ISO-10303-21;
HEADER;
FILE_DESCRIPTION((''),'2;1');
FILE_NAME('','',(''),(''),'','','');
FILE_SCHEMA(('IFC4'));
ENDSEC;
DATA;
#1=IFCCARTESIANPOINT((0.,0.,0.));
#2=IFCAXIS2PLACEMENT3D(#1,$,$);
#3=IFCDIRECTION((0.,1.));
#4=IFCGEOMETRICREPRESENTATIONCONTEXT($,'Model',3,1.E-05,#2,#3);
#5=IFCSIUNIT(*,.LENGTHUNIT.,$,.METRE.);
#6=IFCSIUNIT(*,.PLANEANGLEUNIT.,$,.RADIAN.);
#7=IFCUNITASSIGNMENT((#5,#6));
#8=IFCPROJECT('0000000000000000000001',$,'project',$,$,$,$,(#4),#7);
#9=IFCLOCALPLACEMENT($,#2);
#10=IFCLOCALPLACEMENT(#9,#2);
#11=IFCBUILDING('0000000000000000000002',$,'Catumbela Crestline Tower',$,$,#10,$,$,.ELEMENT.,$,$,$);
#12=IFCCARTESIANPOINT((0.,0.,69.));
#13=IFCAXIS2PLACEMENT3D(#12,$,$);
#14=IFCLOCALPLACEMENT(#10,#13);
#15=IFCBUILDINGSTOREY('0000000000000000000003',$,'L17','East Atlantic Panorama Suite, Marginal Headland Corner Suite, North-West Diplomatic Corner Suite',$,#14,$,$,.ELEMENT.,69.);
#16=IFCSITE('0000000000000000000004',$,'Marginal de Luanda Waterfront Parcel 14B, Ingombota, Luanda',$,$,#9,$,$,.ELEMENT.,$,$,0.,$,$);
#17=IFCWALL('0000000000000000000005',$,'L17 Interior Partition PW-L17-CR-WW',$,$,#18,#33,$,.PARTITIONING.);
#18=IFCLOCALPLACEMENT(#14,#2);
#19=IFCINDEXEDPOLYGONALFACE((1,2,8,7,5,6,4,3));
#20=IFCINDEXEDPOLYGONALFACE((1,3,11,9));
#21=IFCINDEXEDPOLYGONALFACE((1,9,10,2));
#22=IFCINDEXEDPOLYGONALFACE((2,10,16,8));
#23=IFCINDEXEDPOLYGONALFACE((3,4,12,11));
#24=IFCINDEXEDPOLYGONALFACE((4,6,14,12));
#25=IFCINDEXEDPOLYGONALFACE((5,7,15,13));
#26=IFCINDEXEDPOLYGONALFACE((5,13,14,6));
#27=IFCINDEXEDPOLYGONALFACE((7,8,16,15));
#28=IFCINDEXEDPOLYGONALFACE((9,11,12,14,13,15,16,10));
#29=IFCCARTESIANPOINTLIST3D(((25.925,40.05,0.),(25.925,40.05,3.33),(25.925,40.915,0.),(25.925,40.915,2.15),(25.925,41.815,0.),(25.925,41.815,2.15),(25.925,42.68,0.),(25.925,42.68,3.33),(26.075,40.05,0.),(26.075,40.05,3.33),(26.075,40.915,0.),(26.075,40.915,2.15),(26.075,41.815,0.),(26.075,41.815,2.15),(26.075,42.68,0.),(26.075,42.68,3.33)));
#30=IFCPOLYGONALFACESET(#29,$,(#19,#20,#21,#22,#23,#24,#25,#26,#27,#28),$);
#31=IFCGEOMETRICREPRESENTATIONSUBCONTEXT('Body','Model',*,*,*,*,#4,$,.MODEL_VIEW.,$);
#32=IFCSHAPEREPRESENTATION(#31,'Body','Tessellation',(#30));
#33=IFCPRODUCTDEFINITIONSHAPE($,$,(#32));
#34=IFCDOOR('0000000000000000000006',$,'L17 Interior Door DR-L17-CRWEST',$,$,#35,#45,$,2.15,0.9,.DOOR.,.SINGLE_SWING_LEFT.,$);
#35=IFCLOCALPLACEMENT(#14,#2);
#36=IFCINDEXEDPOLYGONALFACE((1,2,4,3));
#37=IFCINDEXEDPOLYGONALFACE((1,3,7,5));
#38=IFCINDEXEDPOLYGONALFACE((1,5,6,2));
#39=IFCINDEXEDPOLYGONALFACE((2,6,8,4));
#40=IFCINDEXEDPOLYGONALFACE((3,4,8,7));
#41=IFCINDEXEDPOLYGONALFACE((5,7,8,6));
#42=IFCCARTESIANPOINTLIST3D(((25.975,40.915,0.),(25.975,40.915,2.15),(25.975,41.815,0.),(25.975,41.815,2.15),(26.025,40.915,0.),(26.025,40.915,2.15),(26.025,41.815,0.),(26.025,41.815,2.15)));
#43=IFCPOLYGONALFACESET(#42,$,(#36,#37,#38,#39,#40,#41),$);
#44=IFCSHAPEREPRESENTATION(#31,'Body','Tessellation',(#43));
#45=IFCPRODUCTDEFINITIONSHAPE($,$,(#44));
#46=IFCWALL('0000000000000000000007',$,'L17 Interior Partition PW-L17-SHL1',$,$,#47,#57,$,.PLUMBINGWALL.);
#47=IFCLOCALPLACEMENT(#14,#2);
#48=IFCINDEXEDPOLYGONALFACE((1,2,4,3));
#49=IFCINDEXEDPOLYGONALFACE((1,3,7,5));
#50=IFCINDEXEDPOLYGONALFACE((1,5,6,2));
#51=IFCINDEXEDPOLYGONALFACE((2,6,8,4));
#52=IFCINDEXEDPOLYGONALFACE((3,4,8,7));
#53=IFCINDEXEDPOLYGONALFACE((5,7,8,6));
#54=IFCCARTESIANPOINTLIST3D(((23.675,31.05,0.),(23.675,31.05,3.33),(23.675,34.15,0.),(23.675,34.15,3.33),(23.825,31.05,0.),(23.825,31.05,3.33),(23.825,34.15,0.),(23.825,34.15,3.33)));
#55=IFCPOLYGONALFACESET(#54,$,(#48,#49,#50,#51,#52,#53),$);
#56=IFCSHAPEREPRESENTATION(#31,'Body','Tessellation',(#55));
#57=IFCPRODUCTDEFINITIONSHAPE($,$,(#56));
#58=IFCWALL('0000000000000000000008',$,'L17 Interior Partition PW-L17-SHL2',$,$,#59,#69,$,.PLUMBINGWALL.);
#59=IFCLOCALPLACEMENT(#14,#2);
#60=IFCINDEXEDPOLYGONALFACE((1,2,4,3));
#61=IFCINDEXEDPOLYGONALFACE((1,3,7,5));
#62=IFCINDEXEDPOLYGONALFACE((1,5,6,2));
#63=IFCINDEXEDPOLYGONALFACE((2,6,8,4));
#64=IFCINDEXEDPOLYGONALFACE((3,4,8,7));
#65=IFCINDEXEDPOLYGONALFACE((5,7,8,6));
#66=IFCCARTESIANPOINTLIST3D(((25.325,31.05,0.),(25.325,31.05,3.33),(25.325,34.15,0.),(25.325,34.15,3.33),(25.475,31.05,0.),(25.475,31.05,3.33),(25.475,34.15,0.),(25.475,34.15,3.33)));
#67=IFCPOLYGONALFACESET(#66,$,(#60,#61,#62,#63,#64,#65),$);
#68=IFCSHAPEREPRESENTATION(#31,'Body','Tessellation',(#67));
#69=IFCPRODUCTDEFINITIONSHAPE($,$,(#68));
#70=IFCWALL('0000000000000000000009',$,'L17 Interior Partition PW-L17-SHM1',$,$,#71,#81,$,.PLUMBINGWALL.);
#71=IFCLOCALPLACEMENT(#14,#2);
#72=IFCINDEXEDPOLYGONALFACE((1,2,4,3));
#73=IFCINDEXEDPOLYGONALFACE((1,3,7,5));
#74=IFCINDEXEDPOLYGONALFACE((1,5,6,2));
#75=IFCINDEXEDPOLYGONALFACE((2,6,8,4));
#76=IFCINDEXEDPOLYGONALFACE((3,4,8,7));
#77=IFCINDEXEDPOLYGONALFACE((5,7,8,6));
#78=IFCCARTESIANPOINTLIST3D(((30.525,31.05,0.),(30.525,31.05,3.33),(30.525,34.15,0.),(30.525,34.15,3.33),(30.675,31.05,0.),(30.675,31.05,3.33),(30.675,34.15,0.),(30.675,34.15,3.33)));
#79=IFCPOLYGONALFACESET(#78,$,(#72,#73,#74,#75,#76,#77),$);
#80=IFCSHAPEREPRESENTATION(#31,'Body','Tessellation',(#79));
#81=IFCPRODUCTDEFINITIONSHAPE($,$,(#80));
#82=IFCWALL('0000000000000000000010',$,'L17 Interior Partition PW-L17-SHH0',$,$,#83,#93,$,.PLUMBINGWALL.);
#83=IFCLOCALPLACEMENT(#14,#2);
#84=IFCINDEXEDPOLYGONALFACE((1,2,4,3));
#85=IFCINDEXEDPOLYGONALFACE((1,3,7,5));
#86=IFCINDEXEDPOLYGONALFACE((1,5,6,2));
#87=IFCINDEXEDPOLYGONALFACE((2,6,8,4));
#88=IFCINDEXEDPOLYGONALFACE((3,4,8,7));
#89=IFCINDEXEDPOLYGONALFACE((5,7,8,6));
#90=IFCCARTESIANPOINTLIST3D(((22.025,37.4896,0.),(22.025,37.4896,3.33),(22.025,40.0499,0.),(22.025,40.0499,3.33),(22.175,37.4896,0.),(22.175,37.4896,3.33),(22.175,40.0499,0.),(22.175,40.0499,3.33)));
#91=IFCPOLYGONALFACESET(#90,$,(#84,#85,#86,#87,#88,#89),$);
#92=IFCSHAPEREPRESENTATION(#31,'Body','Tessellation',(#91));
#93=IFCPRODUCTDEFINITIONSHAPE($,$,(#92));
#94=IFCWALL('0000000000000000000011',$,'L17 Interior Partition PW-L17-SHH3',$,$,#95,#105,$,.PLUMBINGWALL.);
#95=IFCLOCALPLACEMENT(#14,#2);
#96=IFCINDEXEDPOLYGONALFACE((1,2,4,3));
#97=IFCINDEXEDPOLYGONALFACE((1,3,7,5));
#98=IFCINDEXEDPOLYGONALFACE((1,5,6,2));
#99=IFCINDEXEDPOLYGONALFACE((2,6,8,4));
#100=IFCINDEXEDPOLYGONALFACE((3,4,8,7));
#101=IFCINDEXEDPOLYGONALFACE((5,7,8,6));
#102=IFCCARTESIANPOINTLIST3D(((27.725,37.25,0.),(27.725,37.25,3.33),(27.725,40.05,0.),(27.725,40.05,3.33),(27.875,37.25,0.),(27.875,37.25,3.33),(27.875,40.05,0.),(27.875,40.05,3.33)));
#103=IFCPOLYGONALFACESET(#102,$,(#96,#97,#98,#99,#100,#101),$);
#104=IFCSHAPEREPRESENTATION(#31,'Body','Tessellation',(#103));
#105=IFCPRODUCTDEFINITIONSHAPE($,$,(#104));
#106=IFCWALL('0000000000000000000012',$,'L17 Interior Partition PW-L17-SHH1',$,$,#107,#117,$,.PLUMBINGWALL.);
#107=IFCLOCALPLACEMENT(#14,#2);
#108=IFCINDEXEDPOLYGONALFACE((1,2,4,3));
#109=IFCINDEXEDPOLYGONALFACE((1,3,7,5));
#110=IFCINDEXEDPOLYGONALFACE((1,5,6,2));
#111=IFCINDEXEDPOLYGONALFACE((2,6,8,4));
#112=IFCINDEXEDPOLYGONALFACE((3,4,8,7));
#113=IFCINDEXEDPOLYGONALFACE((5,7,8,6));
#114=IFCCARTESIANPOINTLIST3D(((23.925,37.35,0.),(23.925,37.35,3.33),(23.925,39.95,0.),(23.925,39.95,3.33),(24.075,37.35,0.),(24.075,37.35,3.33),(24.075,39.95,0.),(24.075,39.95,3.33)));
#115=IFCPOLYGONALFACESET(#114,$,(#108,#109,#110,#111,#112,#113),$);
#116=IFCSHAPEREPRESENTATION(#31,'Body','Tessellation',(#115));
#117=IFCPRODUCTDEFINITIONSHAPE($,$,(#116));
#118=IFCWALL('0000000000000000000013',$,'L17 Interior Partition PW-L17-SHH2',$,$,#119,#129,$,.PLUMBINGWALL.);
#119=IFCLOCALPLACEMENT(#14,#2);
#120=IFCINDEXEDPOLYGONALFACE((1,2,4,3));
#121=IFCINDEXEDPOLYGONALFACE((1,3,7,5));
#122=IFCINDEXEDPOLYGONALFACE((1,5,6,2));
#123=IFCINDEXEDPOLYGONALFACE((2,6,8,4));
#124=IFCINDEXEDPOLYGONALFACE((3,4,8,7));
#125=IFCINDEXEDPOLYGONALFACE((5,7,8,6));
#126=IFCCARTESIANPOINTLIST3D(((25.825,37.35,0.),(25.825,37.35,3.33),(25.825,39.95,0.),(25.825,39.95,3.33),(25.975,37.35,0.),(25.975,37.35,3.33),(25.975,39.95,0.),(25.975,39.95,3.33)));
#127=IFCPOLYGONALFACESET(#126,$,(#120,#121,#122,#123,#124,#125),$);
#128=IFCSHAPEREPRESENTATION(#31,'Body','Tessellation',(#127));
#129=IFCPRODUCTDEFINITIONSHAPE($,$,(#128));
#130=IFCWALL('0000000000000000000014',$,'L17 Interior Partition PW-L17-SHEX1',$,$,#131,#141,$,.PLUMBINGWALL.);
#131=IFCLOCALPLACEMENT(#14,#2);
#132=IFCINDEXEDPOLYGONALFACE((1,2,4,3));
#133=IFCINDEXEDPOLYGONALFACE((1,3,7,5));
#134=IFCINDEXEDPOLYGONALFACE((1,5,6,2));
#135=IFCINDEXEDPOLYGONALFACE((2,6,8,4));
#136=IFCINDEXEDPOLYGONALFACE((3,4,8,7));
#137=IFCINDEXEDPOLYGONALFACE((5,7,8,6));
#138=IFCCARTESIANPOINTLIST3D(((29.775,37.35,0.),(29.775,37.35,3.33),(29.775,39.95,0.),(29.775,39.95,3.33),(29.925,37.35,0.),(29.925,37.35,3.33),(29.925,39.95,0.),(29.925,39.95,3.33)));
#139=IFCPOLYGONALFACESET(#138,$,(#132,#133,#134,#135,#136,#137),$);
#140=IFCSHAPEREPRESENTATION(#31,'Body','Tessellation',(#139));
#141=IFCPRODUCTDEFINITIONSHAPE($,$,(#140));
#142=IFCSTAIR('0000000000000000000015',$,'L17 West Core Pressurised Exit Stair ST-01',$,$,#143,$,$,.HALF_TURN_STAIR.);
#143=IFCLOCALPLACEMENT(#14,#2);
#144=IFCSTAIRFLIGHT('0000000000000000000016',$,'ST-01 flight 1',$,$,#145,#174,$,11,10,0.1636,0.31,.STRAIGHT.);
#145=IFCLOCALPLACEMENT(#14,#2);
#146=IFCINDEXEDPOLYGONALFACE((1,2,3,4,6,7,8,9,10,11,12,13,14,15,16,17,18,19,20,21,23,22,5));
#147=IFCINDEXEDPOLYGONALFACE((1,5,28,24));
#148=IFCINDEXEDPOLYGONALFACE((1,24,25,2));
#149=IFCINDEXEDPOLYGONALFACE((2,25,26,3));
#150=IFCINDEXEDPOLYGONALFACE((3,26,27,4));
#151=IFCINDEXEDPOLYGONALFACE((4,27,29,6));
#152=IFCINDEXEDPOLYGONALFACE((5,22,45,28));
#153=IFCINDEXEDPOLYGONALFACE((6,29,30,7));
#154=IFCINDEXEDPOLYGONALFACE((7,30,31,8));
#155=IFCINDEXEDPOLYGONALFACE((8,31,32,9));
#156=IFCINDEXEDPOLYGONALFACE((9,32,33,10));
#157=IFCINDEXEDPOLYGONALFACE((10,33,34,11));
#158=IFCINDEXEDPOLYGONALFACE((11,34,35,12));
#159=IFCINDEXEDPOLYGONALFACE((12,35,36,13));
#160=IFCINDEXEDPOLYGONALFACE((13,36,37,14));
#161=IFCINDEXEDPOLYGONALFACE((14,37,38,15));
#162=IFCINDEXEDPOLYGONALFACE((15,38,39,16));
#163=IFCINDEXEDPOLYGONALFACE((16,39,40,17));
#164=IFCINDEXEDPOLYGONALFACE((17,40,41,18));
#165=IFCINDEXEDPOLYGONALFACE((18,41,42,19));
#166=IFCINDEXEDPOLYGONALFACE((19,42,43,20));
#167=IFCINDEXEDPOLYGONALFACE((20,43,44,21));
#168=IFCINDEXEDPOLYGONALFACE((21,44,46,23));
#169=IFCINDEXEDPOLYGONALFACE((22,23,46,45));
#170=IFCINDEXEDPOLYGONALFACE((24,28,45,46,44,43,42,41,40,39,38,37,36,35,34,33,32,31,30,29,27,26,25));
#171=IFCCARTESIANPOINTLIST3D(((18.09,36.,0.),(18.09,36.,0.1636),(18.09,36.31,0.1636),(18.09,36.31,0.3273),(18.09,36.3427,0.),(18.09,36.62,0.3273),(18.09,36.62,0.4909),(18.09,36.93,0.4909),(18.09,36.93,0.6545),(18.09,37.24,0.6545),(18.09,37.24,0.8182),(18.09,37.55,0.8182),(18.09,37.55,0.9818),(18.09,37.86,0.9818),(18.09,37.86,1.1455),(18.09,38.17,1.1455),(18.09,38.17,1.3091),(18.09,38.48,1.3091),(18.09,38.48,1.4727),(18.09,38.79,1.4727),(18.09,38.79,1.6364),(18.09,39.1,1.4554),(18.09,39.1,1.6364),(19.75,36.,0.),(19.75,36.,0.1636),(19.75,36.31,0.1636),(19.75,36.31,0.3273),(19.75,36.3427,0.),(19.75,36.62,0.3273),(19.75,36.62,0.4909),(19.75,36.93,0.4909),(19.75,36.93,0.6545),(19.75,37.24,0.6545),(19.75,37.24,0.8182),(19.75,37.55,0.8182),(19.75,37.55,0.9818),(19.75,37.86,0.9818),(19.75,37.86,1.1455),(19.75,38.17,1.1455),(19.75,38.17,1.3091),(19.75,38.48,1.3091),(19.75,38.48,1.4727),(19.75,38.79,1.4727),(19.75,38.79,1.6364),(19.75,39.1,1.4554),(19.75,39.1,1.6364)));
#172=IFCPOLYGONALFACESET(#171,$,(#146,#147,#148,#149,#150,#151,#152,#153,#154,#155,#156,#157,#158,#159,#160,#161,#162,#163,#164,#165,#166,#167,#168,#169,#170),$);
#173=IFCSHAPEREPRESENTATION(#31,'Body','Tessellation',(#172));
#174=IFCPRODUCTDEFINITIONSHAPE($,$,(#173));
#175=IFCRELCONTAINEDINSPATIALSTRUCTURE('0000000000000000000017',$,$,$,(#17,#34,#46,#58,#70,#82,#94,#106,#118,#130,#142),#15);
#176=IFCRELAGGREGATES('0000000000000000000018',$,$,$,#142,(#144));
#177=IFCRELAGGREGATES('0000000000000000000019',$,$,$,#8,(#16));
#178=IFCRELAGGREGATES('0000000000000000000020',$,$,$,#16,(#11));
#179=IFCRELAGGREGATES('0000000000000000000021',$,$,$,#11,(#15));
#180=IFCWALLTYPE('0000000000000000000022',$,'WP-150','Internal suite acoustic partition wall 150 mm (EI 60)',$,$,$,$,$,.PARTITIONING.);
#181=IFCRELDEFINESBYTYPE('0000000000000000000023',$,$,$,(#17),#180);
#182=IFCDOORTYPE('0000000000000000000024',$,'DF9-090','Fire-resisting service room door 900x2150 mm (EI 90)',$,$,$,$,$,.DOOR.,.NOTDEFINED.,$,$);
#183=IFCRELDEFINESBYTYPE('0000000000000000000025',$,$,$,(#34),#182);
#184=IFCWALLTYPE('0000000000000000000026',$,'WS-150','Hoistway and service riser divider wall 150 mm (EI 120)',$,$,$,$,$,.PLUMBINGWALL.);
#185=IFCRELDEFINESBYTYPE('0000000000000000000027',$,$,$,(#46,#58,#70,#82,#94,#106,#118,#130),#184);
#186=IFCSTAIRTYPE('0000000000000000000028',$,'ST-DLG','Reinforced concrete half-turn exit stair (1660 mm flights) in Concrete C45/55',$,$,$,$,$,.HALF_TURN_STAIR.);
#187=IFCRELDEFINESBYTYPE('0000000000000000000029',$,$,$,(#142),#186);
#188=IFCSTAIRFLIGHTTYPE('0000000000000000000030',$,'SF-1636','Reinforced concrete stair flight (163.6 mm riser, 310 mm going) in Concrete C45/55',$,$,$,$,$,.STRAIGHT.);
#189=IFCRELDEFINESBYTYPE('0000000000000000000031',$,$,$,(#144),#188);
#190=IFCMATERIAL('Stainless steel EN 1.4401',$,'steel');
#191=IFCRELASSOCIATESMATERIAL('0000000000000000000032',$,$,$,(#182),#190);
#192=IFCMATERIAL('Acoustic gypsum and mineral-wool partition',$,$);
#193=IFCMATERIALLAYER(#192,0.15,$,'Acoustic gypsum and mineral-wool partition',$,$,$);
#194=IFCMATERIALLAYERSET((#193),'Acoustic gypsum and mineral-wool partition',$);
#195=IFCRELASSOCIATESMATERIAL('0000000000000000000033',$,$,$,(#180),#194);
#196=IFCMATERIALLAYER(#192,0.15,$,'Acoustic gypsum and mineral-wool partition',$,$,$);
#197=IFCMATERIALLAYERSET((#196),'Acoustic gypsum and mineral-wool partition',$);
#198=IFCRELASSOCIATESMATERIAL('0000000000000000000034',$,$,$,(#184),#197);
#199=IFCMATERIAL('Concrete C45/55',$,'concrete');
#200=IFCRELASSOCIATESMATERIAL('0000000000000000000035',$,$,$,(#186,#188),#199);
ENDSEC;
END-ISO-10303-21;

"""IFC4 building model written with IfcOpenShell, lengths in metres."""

from ifc_helpers import new_model, si_unit, direction, frame, frame_2d, origin, place, context, subcontext, project, spatial, polyline, rectangle, outline, extrude, material, layer, layer_set, type_object, element, fill, aggregate, save


model = new_model("IFC4")

# Units and contexts
model_context = context("Model", 3, precision=1e-05, world=origin(), true_north=direction((0.0, 1.0)))
body_context = subcontext(model_context, "Body", "Model", "MODEL_VIEW")
ifc_project = project(units=[si_unit("LENGTHUNIT", "METRE"), si_unit("PLANEANGLEUNIT", "RADIAN")], contexts=[model_context])

# Site, building, storey
site_placement = place(None, origin())
site = spatial("IfcSite", under=ifc_project, at=site_placement, Name="Marginal de Luanda Waterfront Parcel 14B, Ingombota, Luanda", CompositionType="ELEMENT", RefElevation=0.0)
building_placement = place(site_placement, origin())
building = spatial("IfcBuilding", under=site, at=building_placement, Name="Catumbela Crestline Tower", CompositionType="ELEMENT")
storey_placement = place(building_placement, frame((0.0, 0.0, 69.0)))
storey = spatial("IfcBuildingStorey", under=building, at=storey_placement, Name="L17", Description="East Atlantic Panorama Suite, Marginal Headland Corner Suite, North-West Diplomatic Corner Suite", CompositionType="ELEMENT", Elevation=69.0)

# Shared definitions
ifc_material_1 = material(Name="Stainless steel EN 1.4401", Category="steel")

# Shared definitions
door_type_1 = type_object("IfcDoorType", Name="DF9-090", Description="Fire-resisting service room door 900x2150 mm (EI 90)", OperationType="NOTDEFINED", PredefinedType="DOOR", material=ifc_material_1)

# Wall, opening, door
ifc_material_2 = material(Name="Acoustic gypsum and mineral-wool partition")
ifc_layer_1 = layer(ifc_material_2, 0.15, Name="Acoustic gypsum and mineral-wool partition")
ifc_layer_set_1 = layer_set([ifc_layer_1], Name="Acoustic gypsum and mineral-wool partition")
wall_type_1 = type_object("IfcWallType", Name="WP-150", Description="Internal suite acoustic partition wall 150 mm (EI 60)", PredefinedType="PARTITIONING", material=ifc_layer_set_1)
wall_1_placement = place(storey_placement, frame((26.0, 40.05, 0.0), z_axis=(0.0, 0.0, 1.0), x_axis=(0.0, 1.0, 0.0)))
wall_1 = element("IfcWall", 1, at=wall_1_placement, inside=storey, type_object=wall_type_1, Name="L17 Interior Partition PW-L17-CR-WW", PredefinedType="PARTITIONING", context=body_context, shape_type="SweptSolid", body=[
    extrude(rectangle(XDim=2.63, YDim=0.15, at=frame_2d((1.315, 0.0))), origin(), (0.0, 0.0, 1.0), 3.33),
])
opening_1_placement = place(wall_1_placement, frame((0.865, 0.0, 0.0)))
opening_1 = element("IfcOpeningElement", 2, at=opening_1_placement, cuts=wall_1, PredefinedType="OPENING", context=body_context, shape_type="SweptSolid", body=[
    extrude(rectangle(XDim=0.9, YDim=2.15, at=frame_2d((0.45, 1.075))), frame((0.0, 0.085, 0.0), z_axis=(0.0, -1.0, 0.0), x_axis=(1.0, 0.0, 0.0)), (0.0, 0.0, 1.0), 0.17),
])
door_1_placement = place(opening_1_placement, origin())
door_1 = element("IfcDoor", 3, at=door_1_placement, inside=storey, type_object=door_type_1, Name="L17 Interior Door DR-L17-CRWEST", OperationType="SINGLE_SWING_LEFT", OverallHeight=2.15, OverallWidth=0.9, PredefinedType="DOOR", context=body_context, shape_type="SweptSolid", body=[
    extrude(rectangle(XDim=0.9, YDim=2.15, at=frame_2d((0.45, 1.075))), frame((0.0, 0.025, 0.0), z_axis=(0.0, -1.0, 0.0), x_axis=(1.0, 0.0, 0.0)), (0.0, 0.0, 1.0), 0.05),
])
fill(opening_1, door_1)

# Walls
ifc_layer_2 = layer(ifc_material_2, 0.15, Name="Acoustic gypsum and mineral-wool partition")
ifc_layer_set_2 = layer_set([ifc_layer_2], Name="Acoustic gypsum and mineral-wool partition")
wall_type_2 = type_object("IfcWallType", Name="WS-150", Description="Hoistway and service riser divider wall 150 mm (EI 120)", PredefinedType="PLUMBINGWALL", material=ifc_layer_set_2)
for number, where, z_axis, x_axis, name in (
    (4, (23.75, 31.05, 0.0), (0.0, 0.0, 1.0), (0.0, 1.0, 0.0), "L17 Interior Partition PW-L17-SHL1"),
    (5, (25.4, 31.05, 0.0), (0.0, 0.0, 1.0), (0.0, 1.0, 0.0), "L17 Interior Partition PW-L17-SHL2"),
    (6, (30.6, 31.05, 0.0), (0.0, 0.0, 1.0), (0.0, 1.0, 0.0), "L17 Interior Partition PW-L17-SHM1"),
):
    element("IfcWall", number, at=place(storey_placement, frame(where, z_axis=z_axis, x_axis=x_axis)), inside=storey, type_object=wall_type_2, Name=name, PredefinedType="PLUMBINGWALL", context=body_context, shape_type="SweptSolid", body=[
        extrude(rectangle(XDim=3.1, YDim=0.15, at=frame_2d((1.55, 0.0))), origin(), (0.0, 0.0, 1.0), 3.33),
    ])
wall_2_placement = place(storey_placement, frame((22.1, 37.4897, 0.0), z_axis=(0.0, 0.0, 1.0), x_axis=(0.0, 1.0, 0.0)))
element("IfcWall", 7, at=wall_2_placement, inside=storey, type_object=wall_type_2, Name="L17 Interior Partition PW-L17-SHH0", PredefinedType="PLUMBINGWALL", context=body_context, shape_type="SweptSolid", body=[
    extrude(rectangle(XDim=2.5603, YDim=0.15, at=frame_2d((1.2801, 0.0))), origin(), (0.0, 0.0, 1.0), 3.33),
])
wall_3_placement = place(storey_placement, frame((27.8, 37.25, 0.0), z_axis=(0.0, 0.0, 1.0), x_axis=(0.0, 1.0, 0.0)))
element("IfcWall", 8, at=wall_3_placement, inside=storey, type_object=wall_type_2, Name="L17 Interior Partition PW-L17-SHH3", PredefinedType="PLUMBINGWALL", context=body_context, shape_type="SweptSolid", body=[
    extrude(rectangle(XDim=2.8, YDim=0.15, at=frame_2d((1.4, 0.0))), origin(), (0.0, 0.0, 1.0), 3.33),
])
for number, where, z_axis, x_axis, name in (
    (9, (24.0, 37.35, 0.0), (0.0, 0.0, 1.0), (0.0, 1.0, 0.0), "L17 Interior Partition PW-L17-SHH1"),
    (10, (25.9, 37.35, 0.0), (0.0, 0.0, 1.0), (0.0, 1.0, 0.0), "L17 Interior Partition PW-L17-SHH2"),
    (11, (29.85, 37.35, 0.0), (0.0, 0.0, 1.0), (0.0, 1.0, 0.0), "L17 Interior Partition PW-L17-SHEX1"),
):
    element("IfcWall", number, at=place(storey_placement, frame(where, z_axis=z_axis, x_axis=x_axis)), inside=storey, type_object=wall_type_2, Name=name, PredefinedType="PLUMBINGWALL", context=body_context, shape_type="SweptSolid", body=[
        extrude(rectangle(XDim=2.6, YDim=0.15, at=frame_2d((1.3, 0.0))), origin(), (0.0, 0.0, 1.0), 3.33),
    ])

# Stair, stair flight
ifc_material_3 = material(Name="Concrete C45/55", Category="concrete")
stair_type = type_object("IfcStairType", Name="ST-DLG", Description="Reinforced concrete half-turn exit stair (1660 mm flights) in Concrete C45/55", PredefinedType="HALF_TURN_STAIR", material=ifc_material_3)
stair_placement = place(storey_placement, origin())
stair = element("IfcStair", 12, at=stair_placement, inside=storey, type_object=stair_type, Name="L17 West Core Pressurised Exit Stair ST-01", PredefinedType="HALF_TURN_STAIR")
stair_flight_type = type_object("IfcStairFlightType", Name="SF-1636", Description="Reinforced concrete stair flight (163.6 mm riser, 310 mm going) in Concrete C45/55", PredefinedType="STRAIGHT", material=ifc_material_3)
stair_flight_placement = place(storey_placement, frame((18.92, 36.0, 0.0), z_axis=(0.0, 0.0, 1.0), x_axis=(0.0, 1.0, 0.0)))
stair_flight = element("IfcStairFlight", 13, at=stair_flight_placement, type_object=stair_flight_type, Name="ST-01 flight 1", NumberOfRisers=11, NumberOfTreads=10, PredefinedType="STRAIGHT", RiserHeight=0.1636, TreadLength=0.31, context=body_context, shape_type="SweptSolid", body=[
    extrude(outline(polyline([(0.0, 0.0), (0.0, 0.1636), (0.31, 0.1636), (0.31, 0.3273), (0.62, 0.3273), (0.62, 0.4909), (0.93, 0.4909), (0.93, 0.6545), (1.24, 0.6545), (1.24, 0.8182), (1.55, 0.8182), (1.55, 0.9818), (1.86, 0.9818), (1.86, 1.1455), (2.17, 1.1455), (2.17, 1.3091), (2.48, 1.3091), (2.48, 1.4727), (2.79, 1.4727), (2.79, 1.6364), (3.1, 1.6364), (3.1, 1.8), (3.1, 1.4554), (0.3427, 0.0), (0.0, 0.0)])), frame((0.0, 0.83, 0.0), z_axis=(0.0, -1.0, 0.0), x_axis=(1.0, 0.0, 0.0)), (0.0, 0.0, 1.0), 1.66),
])
aggregate(stair, [stair_flight])

save(model, "model.ifc")
